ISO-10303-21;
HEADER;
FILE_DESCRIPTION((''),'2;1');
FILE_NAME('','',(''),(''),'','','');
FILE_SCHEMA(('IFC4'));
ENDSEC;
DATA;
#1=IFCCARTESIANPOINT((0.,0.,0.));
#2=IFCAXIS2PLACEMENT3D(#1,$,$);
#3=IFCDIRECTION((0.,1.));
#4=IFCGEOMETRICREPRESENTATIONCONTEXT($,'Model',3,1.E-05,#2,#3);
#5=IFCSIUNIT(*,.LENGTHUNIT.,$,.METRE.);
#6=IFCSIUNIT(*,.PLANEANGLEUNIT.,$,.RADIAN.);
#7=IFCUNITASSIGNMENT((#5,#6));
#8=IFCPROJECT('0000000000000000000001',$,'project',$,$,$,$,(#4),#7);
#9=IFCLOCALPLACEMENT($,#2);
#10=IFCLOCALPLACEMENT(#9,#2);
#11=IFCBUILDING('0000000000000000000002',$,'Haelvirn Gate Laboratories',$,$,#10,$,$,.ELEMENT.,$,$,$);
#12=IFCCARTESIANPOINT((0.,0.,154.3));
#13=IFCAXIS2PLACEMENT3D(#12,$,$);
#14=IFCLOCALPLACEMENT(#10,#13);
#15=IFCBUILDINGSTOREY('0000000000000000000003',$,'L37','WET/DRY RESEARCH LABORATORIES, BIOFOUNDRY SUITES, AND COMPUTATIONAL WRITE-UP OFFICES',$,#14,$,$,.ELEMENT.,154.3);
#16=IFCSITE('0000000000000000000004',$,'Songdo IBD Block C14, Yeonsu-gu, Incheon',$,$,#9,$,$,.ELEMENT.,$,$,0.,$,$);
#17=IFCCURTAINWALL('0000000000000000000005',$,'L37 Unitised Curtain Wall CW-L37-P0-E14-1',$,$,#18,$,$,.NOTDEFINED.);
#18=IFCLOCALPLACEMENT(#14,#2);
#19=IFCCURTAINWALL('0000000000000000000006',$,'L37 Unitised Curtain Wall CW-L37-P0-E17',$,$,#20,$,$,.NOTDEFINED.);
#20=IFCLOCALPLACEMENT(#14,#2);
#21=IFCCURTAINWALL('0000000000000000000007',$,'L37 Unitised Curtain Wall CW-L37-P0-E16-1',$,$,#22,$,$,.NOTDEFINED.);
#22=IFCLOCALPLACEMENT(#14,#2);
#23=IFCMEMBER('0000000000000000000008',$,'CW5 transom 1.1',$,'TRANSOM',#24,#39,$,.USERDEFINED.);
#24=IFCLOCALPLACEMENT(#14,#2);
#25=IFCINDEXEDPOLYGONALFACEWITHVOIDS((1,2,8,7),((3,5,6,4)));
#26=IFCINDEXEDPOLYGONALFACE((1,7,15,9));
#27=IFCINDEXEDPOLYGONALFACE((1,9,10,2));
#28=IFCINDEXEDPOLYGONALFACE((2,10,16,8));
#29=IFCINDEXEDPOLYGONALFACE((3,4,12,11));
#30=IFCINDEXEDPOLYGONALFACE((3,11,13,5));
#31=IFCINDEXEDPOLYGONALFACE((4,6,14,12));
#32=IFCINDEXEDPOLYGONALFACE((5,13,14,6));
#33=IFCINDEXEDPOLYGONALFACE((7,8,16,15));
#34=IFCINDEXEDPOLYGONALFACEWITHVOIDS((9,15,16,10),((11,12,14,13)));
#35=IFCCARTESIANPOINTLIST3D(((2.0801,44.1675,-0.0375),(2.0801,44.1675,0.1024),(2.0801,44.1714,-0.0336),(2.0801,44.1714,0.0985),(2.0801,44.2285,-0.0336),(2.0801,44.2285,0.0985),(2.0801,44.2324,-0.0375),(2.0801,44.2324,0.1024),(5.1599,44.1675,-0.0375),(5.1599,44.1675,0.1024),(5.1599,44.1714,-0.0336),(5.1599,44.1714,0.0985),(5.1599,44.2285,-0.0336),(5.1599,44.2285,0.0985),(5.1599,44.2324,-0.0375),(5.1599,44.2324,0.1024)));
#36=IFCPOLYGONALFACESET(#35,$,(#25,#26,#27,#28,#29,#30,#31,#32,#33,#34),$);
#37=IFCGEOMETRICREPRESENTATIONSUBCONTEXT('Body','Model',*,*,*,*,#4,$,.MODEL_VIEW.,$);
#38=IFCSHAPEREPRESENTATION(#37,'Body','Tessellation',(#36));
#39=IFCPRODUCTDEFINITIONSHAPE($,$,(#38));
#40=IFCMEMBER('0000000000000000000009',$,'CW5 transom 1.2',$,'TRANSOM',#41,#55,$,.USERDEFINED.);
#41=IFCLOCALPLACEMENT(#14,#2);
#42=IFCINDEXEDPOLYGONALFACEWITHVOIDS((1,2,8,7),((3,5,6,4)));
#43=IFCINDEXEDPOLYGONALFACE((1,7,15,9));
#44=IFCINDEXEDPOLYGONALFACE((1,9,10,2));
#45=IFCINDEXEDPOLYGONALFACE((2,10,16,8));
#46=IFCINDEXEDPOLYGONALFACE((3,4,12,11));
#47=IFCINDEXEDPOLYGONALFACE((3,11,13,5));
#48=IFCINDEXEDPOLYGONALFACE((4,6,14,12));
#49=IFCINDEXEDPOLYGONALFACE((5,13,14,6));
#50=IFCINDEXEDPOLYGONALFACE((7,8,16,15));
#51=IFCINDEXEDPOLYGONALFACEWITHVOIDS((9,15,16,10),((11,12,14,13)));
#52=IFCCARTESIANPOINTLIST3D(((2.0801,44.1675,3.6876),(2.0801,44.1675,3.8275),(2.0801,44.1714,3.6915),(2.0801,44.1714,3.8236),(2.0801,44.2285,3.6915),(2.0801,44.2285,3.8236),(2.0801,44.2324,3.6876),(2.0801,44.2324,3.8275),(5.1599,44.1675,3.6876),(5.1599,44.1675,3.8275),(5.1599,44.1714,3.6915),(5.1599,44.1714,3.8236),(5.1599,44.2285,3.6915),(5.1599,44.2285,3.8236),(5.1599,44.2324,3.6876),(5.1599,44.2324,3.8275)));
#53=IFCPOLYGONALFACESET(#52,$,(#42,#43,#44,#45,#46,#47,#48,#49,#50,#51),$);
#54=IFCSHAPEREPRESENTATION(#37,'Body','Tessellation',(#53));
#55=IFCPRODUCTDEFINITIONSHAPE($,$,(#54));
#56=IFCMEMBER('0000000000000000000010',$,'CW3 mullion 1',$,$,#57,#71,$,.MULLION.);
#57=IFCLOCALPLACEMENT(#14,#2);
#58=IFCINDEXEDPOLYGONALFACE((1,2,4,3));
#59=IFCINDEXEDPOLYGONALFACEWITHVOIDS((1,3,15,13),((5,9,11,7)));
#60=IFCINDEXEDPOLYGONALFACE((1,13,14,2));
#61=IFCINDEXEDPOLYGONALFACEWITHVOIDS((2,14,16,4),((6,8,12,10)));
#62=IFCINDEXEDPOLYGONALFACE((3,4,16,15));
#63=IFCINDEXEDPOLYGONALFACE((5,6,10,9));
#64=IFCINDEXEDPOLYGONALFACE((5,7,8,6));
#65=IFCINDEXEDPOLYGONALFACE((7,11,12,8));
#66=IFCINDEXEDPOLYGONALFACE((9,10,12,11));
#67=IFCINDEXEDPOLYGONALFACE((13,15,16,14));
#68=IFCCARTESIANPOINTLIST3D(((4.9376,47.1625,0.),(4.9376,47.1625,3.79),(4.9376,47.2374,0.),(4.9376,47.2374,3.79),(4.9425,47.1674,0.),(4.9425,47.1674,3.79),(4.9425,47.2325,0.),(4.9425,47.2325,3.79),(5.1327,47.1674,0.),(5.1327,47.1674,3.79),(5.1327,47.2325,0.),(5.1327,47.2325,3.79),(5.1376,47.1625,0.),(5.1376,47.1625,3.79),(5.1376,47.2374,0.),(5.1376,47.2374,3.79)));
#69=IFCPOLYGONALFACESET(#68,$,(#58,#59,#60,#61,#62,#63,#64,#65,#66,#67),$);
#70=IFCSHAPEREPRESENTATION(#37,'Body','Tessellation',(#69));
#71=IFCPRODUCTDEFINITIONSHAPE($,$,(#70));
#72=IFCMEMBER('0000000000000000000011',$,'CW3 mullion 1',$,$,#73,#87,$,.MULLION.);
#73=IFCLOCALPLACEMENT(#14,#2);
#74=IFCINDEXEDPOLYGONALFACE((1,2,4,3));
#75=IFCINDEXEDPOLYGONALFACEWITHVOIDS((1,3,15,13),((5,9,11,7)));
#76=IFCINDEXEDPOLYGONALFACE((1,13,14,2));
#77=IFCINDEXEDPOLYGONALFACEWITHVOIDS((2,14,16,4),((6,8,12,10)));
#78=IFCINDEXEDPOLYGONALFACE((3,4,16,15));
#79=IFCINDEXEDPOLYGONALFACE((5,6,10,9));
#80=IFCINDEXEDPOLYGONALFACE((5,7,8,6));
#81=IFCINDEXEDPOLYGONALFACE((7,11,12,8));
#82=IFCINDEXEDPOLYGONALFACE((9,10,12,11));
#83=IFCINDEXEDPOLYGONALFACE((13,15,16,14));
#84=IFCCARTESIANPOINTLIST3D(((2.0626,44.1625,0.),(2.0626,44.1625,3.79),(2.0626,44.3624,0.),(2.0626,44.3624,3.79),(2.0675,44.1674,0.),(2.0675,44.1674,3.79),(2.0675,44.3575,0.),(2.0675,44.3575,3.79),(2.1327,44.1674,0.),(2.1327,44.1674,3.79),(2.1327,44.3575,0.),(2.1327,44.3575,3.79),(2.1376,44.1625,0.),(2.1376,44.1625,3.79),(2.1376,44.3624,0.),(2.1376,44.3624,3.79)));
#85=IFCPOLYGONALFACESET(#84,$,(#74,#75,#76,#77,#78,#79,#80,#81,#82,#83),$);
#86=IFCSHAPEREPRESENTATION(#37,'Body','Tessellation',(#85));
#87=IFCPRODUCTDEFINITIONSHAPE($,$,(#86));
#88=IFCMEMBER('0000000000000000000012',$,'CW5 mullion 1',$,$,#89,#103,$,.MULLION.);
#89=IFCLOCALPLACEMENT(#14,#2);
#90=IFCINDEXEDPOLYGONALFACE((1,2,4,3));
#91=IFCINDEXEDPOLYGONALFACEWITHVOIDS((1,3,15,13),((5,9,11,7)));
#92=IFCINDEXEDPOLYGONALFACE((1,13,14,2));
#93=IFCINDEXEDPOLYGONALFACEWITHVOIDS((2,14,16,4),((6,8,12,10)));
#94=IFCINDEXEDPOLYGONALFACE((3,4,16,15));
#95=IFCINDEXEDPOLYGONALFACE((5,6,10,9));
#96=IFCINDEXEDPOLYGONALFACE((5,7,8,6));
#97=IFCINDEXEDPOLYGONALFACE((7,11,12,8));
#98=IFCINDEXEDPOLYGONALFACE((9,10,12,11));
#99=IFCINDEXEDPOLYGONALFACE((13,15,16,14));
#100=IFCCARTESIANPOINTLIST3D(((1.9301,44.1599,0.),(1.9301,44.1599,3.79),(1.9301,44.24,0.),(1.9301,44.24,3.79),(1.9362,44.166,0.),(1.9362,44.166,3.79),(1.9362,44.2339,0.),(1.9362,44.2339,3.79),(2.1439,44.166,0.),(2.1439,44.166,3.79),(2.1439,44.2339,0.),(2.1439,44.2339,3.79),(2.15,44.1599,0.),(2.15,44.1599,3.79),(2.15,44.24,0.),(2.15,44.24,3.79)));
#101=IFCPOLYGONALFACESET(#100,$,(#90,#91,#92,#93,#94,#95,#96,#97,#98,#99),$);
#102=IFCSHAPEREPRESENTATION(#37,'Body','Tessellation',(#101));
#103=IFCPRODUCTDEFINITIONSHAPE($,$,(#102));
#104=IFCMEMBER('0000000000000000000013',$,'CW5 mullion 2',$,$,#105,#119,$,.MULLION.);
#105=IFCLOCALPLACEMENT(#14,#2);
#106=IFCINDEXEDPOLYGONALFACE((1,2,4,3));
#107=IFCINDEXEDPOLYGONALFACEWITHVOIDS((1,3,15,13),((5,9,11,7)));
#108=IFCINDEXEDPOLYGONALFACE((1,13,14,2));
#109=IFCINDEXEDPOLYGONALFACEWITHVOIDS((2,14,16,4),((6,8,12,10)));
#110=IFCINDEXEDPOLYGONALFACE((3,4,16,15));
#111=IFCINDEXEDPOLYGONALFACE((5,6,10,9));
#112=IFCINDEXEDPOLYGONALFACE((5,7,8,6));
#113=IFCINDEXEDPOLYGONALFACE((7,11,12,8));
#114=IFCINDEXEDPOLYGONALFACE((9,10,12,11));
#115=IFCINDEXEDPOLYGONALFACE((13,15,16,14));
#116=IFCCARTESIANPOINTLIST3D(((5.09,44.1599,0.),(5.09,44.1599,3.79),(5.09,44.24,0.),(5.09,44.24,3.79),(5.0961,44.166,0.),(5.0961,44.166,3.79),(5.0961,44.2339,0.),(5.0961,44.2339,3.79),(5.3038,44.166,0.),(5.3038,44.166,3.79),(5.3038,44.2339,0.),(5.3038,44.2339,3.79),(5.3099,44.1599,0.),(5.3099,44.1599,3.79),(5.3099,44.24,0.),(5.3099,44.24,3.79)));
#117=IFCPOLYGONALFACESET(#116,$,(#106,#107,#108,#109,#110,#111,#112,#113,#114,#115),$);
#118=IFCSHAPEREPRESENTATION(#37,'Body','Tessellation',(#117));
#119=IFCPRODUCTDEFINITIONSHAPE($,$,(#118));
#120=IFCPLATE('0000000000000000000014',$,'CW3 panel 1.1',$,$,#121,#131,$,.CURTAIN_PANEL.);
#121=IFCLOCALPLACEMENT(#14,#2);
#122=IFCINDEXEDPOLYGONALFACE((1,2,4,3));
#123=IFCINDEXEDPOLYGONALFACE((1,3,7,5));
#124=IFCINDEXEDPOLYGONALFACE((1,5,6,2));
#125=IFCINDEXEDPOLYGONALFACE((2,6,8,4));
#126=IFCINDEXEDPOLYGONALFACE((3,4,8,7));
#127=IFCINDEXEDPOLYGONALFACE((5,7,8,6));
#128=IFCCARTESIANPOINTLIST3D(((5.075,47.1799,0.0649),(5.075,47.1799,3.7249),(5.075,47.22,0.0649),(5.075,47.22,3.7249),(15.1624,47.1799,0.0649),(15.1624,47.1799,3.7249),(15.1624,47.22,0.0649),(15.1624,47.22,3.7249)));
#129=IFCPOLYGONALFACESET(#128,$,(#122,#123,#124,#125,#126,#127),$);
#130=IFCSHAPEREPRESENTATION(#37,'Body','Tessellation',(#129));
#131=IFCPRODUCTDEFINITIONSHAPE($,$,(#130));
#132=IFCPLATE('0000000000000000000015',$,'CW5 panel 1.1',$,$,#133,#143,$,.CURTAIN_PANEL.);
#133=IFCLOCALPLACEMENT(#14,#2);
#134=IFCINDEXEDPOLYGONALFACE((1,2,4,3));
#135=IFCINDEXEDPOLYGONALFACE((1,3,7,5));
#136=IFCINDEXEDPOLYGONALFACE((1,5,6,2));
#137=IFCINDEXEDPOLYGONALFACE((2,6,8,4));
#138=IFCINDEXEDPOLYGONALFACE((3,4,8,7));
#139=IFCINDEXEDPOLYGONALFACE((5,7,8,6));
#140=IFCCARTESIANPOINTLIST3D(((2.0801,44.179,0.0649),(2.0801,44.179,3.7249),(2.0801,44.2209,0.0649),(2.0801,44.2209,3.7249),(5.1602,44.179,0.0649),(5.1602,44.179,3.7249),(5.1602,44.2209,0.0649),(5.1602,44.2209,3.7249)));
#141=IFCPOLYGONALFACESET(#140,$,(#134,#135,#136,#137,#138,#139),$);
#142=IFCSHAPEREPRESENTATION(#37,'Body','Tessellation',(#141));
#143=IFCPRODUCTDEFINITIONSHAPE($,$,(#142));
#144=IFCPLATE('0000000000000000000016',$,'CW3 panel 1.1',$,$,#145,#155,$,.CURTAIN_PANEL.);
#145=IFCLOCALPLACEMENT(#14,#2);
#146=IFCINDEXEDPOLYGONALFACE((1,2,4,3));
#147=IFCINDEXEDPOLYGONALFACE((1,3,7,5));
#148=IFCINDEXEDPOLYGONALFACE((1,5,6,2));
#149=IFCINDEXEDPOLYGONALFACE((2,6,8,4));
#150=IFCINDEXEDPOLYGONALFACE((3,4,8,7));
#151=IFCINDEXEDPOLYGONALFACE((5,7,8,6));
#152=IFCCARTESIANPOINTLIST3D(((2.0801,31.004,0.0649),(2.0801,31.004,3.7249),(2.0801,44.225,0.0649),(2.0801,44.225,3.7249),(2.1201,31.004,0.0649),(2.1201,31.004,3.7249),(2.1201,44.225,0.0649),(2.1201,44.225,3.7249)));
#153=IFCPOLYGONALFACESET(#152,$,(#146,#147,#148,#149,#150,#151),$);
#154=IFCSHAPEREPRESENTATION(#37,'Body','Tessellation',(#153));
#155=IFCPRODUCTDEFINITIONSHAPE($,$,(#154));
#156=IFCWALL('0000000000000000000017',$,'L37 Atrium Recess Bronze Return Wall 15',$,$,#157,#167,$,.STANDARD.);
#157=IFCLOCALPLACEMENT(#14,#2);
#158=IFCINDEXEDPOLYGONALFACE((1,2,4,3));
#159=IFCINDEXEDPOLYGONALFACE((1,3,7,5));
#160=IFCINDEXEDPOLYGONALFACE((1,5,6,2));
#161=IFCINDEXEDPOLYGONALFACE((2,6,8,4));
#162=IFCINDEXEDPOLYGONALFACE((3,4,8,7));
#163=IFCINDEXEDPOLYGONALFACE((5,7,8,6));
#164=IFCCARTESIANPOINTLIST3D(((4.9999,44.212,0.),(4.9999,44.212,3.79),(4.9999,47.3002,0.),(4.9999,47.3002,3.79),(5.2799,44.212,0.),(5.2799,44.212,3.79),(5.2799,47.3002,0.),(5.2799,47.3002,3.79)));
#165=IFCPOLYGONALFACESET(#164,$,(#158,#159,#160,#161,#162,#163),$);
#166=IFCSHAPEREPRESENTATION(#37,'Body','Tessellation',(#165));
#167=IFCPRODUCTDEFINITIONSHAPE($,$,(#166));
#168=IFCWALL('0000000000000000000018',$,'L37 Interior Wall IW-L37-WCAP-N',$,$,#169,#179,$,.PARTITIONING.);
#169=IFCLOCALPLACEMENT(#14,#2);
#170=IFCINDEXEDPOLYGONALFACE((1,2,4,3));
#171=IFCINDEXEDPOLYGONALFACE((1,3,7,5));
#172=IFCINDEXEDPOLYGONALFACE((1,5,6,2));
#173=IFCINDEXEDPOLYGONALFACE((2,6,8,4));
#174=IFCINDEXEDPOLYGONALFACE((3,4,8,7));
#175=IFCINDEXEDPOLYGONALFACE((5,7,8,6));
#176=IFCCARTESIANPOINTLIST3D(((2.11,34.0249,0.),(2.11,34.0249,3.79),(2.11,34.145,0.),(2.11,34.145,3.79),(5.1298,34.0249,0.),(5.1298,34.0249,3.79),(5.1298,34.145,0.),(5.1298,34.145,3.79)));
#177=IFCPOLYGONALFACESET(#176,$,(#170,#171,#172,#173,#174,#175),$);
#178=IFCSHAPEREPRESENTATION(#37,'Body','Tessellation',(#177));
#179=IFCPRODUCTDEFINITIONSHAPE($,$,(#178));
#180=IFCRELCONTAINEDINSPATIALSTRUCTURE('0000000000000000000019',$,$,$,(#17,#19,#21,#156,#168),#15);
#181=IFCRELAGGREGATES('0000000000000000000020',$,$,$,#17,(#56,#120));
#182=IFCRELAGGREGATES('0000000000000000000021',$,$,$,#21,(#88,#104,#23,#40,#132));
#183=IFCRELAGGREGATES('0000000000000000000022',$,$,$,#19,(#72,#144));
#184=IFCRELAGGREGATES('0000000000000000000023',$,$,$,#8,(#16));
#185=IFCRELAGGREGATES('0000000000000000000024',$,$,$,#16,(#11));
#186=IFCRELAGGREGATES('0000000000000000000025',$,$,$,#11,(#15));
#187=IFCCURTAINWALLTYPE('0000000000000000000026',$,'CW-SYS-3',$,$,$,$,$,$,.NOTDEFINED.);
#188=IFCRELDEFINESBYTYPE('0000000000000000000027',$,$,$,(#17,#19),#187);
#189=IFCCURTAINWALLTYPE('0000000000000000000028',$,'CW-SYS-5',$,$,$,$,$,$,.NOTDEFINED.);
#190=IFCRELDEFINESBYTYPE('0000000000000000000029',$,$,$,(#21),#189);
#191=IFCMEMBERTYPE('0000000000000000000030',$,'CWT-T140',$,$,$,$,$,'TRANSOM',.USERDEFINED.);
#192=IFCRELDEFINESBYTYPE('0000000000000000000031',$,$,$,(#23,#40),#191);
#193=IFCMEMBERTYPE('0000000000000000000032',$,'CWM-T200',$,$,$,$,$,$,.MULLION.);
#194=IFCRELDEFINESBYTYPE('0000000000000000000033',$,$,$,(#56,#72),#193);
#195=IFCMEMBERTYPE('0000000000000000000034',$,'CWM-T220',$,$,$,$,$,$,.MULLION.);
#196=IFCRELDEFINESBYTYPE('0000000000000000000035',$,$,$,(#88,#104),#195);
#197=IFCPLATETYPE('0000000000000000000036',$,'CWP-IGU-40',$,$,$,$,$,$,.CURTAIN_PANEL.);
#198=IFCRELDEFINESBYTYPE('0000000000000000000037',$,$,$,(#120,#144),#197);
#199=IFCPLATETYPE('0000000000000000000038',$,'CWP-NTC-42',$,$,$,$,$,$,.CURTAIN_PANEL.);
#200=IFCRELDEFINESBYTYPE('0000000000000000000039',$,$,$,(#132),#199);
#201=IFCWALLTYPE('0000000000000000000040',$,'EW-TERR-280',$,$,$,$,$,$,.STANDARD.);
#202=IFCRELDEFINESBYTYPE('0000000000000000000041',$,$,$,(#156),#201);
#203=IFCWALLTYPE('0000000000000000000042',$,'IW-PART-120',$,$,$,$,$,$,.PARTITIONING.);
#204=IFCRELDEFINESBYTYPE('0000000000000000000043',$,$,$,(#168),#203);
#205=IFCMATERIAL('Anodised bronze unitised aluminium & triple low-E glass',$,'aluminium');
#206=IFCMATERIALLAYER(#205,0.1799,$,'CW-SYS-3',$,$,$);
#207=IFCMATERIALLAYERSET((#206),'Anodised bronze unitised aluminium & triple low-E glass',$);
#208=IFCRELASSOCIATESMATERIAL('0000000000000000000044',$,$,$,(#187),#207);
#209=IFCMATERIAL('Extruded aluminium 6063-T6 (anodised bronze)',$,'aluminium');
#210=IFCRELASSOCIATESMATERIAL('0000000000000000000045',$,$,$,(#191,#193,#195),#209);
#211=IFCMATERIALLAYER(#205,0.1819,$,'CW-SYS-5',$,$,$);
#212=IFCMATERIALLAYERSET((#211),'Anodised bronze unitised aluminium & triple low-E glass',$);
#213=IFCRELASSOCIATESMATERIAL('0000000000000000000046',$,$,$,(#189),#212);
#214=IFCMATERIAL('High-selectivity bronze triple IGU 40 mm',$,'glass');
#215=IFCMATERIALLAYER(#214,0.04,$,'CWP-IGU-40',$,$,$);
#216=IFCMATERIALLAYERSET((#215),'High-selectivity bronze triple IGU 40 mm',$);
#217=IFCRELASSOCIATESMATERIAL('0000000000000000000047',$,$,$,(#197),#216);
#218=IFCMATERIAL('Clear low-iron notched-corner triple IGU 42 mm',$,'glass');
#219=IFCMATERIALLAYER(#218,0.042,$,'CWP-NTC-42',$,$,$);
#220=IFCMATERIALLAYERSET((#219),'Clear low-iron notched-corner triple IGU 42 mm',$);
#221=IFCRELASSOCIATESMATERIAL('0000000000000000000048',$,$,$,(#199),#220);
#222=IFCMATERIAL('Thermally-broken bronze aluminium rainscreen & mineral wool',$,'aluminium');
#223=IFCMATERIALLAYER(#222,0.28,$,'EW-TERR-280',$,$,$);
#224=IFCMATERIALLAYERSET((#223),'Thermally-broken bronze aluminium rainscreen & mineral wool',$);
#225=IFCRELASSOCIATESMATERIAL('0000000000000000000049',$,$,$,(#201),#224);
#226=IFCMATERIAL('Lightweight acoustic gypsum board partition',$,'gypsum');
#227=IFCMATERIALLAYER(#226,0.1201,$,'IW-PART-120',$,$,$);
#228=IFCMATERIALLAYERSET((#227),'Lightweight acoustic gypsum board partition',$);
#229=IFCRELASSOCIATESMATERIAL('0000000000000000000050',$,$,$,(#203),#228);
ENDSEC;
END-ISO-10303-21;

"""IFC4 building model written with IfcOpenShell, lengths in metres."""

from ifc_helpers import new_model, si_unit, direction, frame, frame_2d, origin, origin_2d, place, context, subcontext, project, spatial, rectangle, hollow_rectangle, extrude, source, transform, mapped, material, layer, layer_set, material_profile, profile_set, type_object, type_shapes, element, aggregate, save


model = new_model("IFC4")

# Units and contexts
model_context = context("Model", 3, precision=1e-05, world=origin(), true_north=direction((0.0, 1.0)))
body_context = subcontext(model_context, "Body", "Model", "MODEL_VIEW")
ifc_project = project(units=[si_unit("LENGTHUNIT", "METRE"), si_unit("PLANEANGLEUNIT", "RADIAN")], contexts=[model_context])

# Site, building, storey
site_placement = place(None, origin())
site = spatial("IfcSite", under=ifc_project, at=site_placement, Name="Songdo IBD Block C14, Yeonsu-gu, Incheon", CompositionType="ELEMENT", RefElevation=0.0)
building_placement = place(site_placement, origin())
building = spatial("IfcBuilding", under=site, at=building_placement, Name="Haelvirn Gate Laboratories", CompositionType="ELEMENT")
storey_placement = place(building_placement, frame((0.0, 0.0, 154.3)))
storey = spatial("IfcBuildingStorey", under=building, at=storey_placement, Name="L37", Description="WET/DRY RESEARCH LABORATORIES, BIOFOUNDRY SUITES, AND COMPUTATIONAL WRITE-UP OFFICES", CompositionType="ELEMENT", Elevation=154.3)

# Curtain walls, members
ifc_material_1 = material(Name="Anodised bronze unitised aluminium & triple low-E glass", Category="aluminium")
ifc_layer_1 = layer(ifc_material_1, 0.1799, Name="CW-SYS-3")
ifc_layer_set_1 = layer_set([ifc_layer_1], Name="Anodised bronze unitised aluminium & triple low-E glass")
curtain_wall_type_1 = type_object("IfcCurtainWallType", Name="CW-SYS-3", PredefinedType="NOTDEFINED", material=ifc_layer_set_1)
curtain_wall_1_placement = place(storey_placement, origin())
curtain_wall_1 = element("IfcCurtainWall", 1, at=curtain_wall_1_placement, inside=storey, type_object=curtain_wall_type_1, Name="L37 Unitised Curtain Wall CW-L37-P0-E14-1", PredefinedType="NOTDEFINED")
ifc_material_2 = material(Name="Extruded aluminium 6063-T6 (anodised bronze)", Category="aluminium")
ifc_material_profile_1 = material_profile(ifc_material_2, hollow_rectangle(XDim=0.0649, YDim=0.1399, WallThickness=0.0039, at=origin_2d()), Name="CWT-140x65x4")
ifc_profile_set_1 = profile_set([ifc_material_profile_1], Name="Extruded aluminium 6063-T6 (anodised bronze)")
member_type_1 = type_object("IfcMemberType", Name="CWT-T140", ElementType="TRANSOM", PredefinedType="USERDEFINED", material=ifc_profile_set_1)
curtain_wall_2_placement = place(storey_placement, origin())
curtain_wall_2 = element("IfcCurtainWall", 2, at=curtain_wall_2_placement, inside=storey, type_object=curtain_wall_type_1, Name="L37 Unitised Curtain Wall CW-L37-P0-E17", PredefinedType="NOTDEFINED")
ifc_layer_2 = layer(ifc_material_1, 0.1819, Name="CW-SYS-5")
ifc_layer_set_2 = layer_set([ifc_layer_2], Name="Anodised bronze unitised aluminium & triple low-E glass")
curtain_wall_type_2 = type_object("IfcCurtainWallType", Name="CW-SYS-5", PredefinedType="NOTDEFINED", material=ifc_layer_set_2)
curtain_wall_3_placement = place(storey_placement, origin())
curtain_wall_3 = element("IfcCurtainWall", 3, at=curtain_wall_3_placement, inside=storey, type_object=curtain_wall_type_2, Name="L37 Unitised Curtain Wall CW-L37-P0-E16-1", PredefinedType="NOTDEFINED")
shared_shape_1 = source(origin(), body_context, "Body", "SweptSolid", [
    extrude(hollow_rectangle(XDim=0.0649, YDim=0.1399, WallThickness=0.0039, at=origin_2d()), origin(), (0.0, 0.0, 1.0), 3.0798),
])
member_1_placement = place(storey_placement, frame((2.0801, 44.2, 0.0325), z_axis=(1.0, 0.0, 0.0), x_axis=(0.0, 1.0, 0.0)))
member_1 = element("IfcMember", 4, at=member_1_placement, type_object=member_type_1, Name="CW5 transom 1.1", ObjectType="TRANSOM", PredefinedType="USERDEFINED", context=body_context, shape_type="MappedRepresentation", body=[
    mapped(shared_shape_1, transform((0.0, 0.0, 0.0), scale=1.0)),
])
member_2_placement = place(storey_placement, frame((2.0801, 44.2, 3.7576), z_axis=(1.0, 0.0, 0.0), x_axis=(0.0, 1.0, 0.0)))
member_2 = element("IfcMember", 5, at=member_2_placement, type_object=member_type_1, Name="CW5 transom 1.2", ObjectType="TRANSOM", PredefinedType="USERDEFINED", context=body_context, shape_type="MappedRepresentation", body=[
    mapped(shared_shape_1, transform((0.0, 0.0, 0.0), scale=1.0)),
])

# Members
ifc_material_profile_2 = material_profile(ifc_material_2, hollow_rectangle(XDim=0.075, YDim=0.2, WallThickness=0.0049, at=origin_2d()), Name="CWM-200x75x5")
ifc_profile_set_2 = profile_set([ifc_material_profile_2], Name="Extruded aluminium 6063-T6 (anodised bronze)")
member_type_2 = type_object("IfcMemberType", Name="CWM-T200", PredefinedType="MULLION", material=ifc_profile_set_2)
shared_shape_2 = source(origin(), body_context, "Body", "SweptSolid", [
    extrude(hollow_rectangle(XDim=0.075, YDim=0.2, WallThickness=0.0049, at=origin_2d()), origin(), (0.0, 0.0, 1.0), 3.79),
])
type_shapes(member_type_2, [shared_shape_2])
member_3_placement = place(storey_placement, frame((5.0376, 47.2, 0.0), z_axis=(0.0, 0.0, 1.0), x_axis=(0.0, 1.0, 0.0)))
member_3 = element("IfcMember", 6, at=member_3_placement, type_object=member_type_2, Name="CW3 mullion 1", PredefinedType="MULLION", context=body_context, shape_type="MappedRepresentation", body=[
    mapped(shared_shape_2, transform((0.0, 0.0, 0.0), scale=1.0)),
])
member_4_placement = place(storey_placement, frame((2.1001, 44.2625, 0.0), z_axis=(0.0, 0.0, 1.0), x_axis=(1.0, 0.0, 0.0)))
member_4 = element("IfcMember", 7, at=member_4_placement, type_object=member_type_2, Name="CW3 mullion 1", PredefinedType="MULLION", context=body_context, shape_type="MappedRepresentation", body=[
    mapped(shared_shape_2, transform((0.0, 0.0, 0.0), scale=1.0)),
])
ifc_material_profile_3 = material_profile(ifc_material_2, hollow_rectangle(XDim=0.0801, YDim=0.22, WallThickness=0.0061, at=origin_2d()), Name="CWM-220x80x6")
ifc_profile_set_3 = profile_set([ifc_material_profile_3], Name="Extruded aluminium 6063-T6 (anodised bronze)")
member_type_3 = type_object("IfcMemberType", Name="CWM-T220", PredefinedType="MULLION", material=ifc_profile_set_3)
shared_shape_3 = source(origin(), body_context, "Body", "SweptSolid", [
    extrude(hollow_rectangle(XDim=0.0801, YDim=0.22, WallThickness=0.0061, at=origin_2d()), origin(), (0.0, 0.0, 1.0), 3.79),
])
type_shapes(member_type_3, [shared_shape_3])
member_5_placement = place(storey_placement, frame((2.04, 44.2, 0.0), z_axis=(0.0, 0.0, 1.0), x_axis=(0.0, 1.0, 0.0)))
member_5 = element("IfcMember", 8, at=member_5_placement, type_object=member_type_3, Name="CW5 mullion 1", PredefinedType="MULLION", context=body_context, shape_type="MappedRepresentation", body=[
    mapped(shared_shape_3, transform((0.0, 0.0, 0.0), scale=1.0)),
])
member_6_placement = place(storey_placement, frame((5.2, 44.2, 0.0), z_axis=(0.0, 0.0, 1.0), x_axis=(0.0, 1.0, 0.0)))
member_6 = element("IfcMember", 9, at=member_6_placement, type_object=member_type_3, Name="CW5 mullion 2", PredefinedType="MULLION", context=body_context, shape_type="MappedRepresentation", body=[
    mapped(shared_shape_3, transform((0.0, 0.0, 0.0), scale=1.0)),
])

# Plates
ifc_material_3 = material(Name="High-selectivity bronze triple IGU 40 mm", Category="glass")
ifc_layer_3 = layer(ifc_material_3, 0.04, Name="CWP-IGU-40")
ifc_layer_set_3 = layer_set([ifc_layer_3], Name="High-selectivity bronze triple IGU 40 mm")
plate_type_1 = type_object("IfcPlateType", Name="CWP-IGU-40", PredefinedType="CURTAIN_PANEL", material=ifc_layer_set_3)
shared_shape_4 = source(origin(), body_context, "Body", "SweptSolid", [
    extrude(rectangle(XDim=10.0874, YDim=0.04, at=origin_2d()), origin(), (0.0, 0.0, 1.0), 3.6599),
])
plate_1_placement = place(storey_placement, frame((10.1187, 47.2, 0.0649), z_axis=(0.0, 0.0, 1.0), x_axis=(1.0, 0.0, 0.0)))
plate_1 = element("IfcPlate", 10, at=plate_1_placement, type_object=plate_type_1, Name="CW3 panel 1.1", PredefinedType="CURTAIN_PANEL", context=body_context, shape_type="MappedRepresentation", body=[
    mapped(shared_shape_4, transform((0.0, 0.0, 0.0), scale=1.0)),
])
aggregate(curtain_wall_1, [member_3, plate_1])
ifc_material_4 = material(Name="Clear low-iron notched-corner triple IGU 42 mm", Category="glass")
ifc_layer_4 = layer(ifc_material_4, 0.042, Name="CWP-NTC-42")
ifc_layer_set_4 = layer_set([ifc_layer_4], Name="Clear low-iron notched-corner triple IGU 42 mm")
plate_type_2 = type_object("IfcPlateType", Name="CWP-NTC-42", PredefinedType="CURTAIN_PANEL", material=ifc_layer_set_4)
shared_shape_5 = source(origin(), body_context, "Body", "SweptSolid", [
    extrude(rectangle(XDim=3.0801, YDim=0.042, at=origin_2d()), origin(), (0.0, 0.0, 1.0), 3.6599),
])
type_shapes(plate_type_2, [shared_shape_5])
plate_2_placement = place(storey_placement, frame((3.6201, 44.2, 0.0649), z_axis=(0.0, 0.0, 1.0), x_axis=(1.0, 0.0, 0.0)))
plate_2 = element("IfcPlate", 11, at=plate_2_placement, type_object=plate_type_2, Name="CW5 panel 1.1", PredefinedType="CURTAIN_PANEL", context=body_context, shape_type="MappedRepresentation", body=[
    mapped(shared_shape_5, transform((0.0, 0.0, 0.0), scale=1.0)),
])
aggregate(curtain_wall_3, [member_5, member_6, member_1, member_2, plate_2])
shared_shape_6 = source(origin(), body_context, "Body", "SweptSolid", [
    extrude(rectangle(XDim=13.2209, YDim=0.04, at=origin_2d()), origin(), (0.0, 0.0, 1.0), 3.6599),
])
type_shapes(plate_type_1, [shared_shape_4, shared_shape_6])
plate_3_placement = place(storey_placement, frame((2.1001, 37.6145, 0.0649), z_axis=(0.0, 0.0, 1.0), x_axis=(0.0, -1.0, 0.0)))
plate_3 = element("IfcPlate", 12, at=plate_3_placement, type_object=plate_type_1, Name="CW3 panel 1.1", PredefinedType="CURTAIN_PANEL", context=body_context, shape_type="MappedRepresentation", body=[
    mapped(shared_shape_6, transform((0.0, 0.0, 0.0), scale=1.0)),
])
aggregate(curtain_wall_2, [member_4, plate_3])

# Walls
ifc_material_5 = material(Name="Thermally-broken bronze aluminium rainscreen & mineral wool", Category="aluminium")
ifc_layer_5 = layer(ifc_material_5, 0.28, Name="EW-TERR-280")
ifc_layer_set_5 = layer_set([ifc_layer_5], Name="Thermally-broken bronze aluminium rainscreen & mineral wool")
wall_type_1 = type_object("IfcWallType", Name="EW-TERR-280", PredefinedType="STANDARD", material=ifc_layer_set_5)
wall_1_placement = place(storey_placement, frame((5.1399, 47.3, 0.0), z_axis=(0.0, 0.0, 1.0), x_axis=(0.0, -1.0, 0.0)))
element("IfcWall", 13, at=wall_1_placement, inside=storey, type_object=wall_type_1, Name="L37 Atrium Recess Bronze Return Wall 15", PredefinedType="STANDARD", context=body_context, shape_type="SweptSolid", body=[
    extrude(rectangle(XDim=3.0881, YDim=0.28, at=frame_2d((1.5439, 0.0))), origin(), (0.0, 0.0, 1.0), 3.79),
])
ifc_material_6 = material(Name="Lightweight acoustic gypsum board partition", Category="gypsum")
ifc_layer_6 = layer(ifc_material_6, 0.1201, Name="IW-PART-120")
ifc_layer_set_6 = layer_set([ifc_layer_6], Name="Lightweight acoustic gypsum board partition")
wall_type_2 = type_object("IfcWallType", Name="IW-PART-120", PredefinedType="PARTITIONING", material=ifc_layer_set_6)
wall_2_placement = place(storey_placement, frame((2.1101, 34.085, 0.0), z_axis=(0.0, 0.0, 1.0), x_axis=(1.0, 0.0, 0.0)))
element("IfcWall", 14, at=wall_2_placement, inside=storey, type_object=wall_type_2, Name="L37 Interior Wall IW-L37-WCAP-N", PredefinedType="PARTITIONING", context=body_context, shape_type="SweptSolid", body=[
    extrude(rectangle(XDim=3.0198, YDim=0.1201, at=frame_2d((1.5098, 0.0))), origin(), (0.0, 0.0, 1.0), 3.79),
])

save(model, "model.ifc")
